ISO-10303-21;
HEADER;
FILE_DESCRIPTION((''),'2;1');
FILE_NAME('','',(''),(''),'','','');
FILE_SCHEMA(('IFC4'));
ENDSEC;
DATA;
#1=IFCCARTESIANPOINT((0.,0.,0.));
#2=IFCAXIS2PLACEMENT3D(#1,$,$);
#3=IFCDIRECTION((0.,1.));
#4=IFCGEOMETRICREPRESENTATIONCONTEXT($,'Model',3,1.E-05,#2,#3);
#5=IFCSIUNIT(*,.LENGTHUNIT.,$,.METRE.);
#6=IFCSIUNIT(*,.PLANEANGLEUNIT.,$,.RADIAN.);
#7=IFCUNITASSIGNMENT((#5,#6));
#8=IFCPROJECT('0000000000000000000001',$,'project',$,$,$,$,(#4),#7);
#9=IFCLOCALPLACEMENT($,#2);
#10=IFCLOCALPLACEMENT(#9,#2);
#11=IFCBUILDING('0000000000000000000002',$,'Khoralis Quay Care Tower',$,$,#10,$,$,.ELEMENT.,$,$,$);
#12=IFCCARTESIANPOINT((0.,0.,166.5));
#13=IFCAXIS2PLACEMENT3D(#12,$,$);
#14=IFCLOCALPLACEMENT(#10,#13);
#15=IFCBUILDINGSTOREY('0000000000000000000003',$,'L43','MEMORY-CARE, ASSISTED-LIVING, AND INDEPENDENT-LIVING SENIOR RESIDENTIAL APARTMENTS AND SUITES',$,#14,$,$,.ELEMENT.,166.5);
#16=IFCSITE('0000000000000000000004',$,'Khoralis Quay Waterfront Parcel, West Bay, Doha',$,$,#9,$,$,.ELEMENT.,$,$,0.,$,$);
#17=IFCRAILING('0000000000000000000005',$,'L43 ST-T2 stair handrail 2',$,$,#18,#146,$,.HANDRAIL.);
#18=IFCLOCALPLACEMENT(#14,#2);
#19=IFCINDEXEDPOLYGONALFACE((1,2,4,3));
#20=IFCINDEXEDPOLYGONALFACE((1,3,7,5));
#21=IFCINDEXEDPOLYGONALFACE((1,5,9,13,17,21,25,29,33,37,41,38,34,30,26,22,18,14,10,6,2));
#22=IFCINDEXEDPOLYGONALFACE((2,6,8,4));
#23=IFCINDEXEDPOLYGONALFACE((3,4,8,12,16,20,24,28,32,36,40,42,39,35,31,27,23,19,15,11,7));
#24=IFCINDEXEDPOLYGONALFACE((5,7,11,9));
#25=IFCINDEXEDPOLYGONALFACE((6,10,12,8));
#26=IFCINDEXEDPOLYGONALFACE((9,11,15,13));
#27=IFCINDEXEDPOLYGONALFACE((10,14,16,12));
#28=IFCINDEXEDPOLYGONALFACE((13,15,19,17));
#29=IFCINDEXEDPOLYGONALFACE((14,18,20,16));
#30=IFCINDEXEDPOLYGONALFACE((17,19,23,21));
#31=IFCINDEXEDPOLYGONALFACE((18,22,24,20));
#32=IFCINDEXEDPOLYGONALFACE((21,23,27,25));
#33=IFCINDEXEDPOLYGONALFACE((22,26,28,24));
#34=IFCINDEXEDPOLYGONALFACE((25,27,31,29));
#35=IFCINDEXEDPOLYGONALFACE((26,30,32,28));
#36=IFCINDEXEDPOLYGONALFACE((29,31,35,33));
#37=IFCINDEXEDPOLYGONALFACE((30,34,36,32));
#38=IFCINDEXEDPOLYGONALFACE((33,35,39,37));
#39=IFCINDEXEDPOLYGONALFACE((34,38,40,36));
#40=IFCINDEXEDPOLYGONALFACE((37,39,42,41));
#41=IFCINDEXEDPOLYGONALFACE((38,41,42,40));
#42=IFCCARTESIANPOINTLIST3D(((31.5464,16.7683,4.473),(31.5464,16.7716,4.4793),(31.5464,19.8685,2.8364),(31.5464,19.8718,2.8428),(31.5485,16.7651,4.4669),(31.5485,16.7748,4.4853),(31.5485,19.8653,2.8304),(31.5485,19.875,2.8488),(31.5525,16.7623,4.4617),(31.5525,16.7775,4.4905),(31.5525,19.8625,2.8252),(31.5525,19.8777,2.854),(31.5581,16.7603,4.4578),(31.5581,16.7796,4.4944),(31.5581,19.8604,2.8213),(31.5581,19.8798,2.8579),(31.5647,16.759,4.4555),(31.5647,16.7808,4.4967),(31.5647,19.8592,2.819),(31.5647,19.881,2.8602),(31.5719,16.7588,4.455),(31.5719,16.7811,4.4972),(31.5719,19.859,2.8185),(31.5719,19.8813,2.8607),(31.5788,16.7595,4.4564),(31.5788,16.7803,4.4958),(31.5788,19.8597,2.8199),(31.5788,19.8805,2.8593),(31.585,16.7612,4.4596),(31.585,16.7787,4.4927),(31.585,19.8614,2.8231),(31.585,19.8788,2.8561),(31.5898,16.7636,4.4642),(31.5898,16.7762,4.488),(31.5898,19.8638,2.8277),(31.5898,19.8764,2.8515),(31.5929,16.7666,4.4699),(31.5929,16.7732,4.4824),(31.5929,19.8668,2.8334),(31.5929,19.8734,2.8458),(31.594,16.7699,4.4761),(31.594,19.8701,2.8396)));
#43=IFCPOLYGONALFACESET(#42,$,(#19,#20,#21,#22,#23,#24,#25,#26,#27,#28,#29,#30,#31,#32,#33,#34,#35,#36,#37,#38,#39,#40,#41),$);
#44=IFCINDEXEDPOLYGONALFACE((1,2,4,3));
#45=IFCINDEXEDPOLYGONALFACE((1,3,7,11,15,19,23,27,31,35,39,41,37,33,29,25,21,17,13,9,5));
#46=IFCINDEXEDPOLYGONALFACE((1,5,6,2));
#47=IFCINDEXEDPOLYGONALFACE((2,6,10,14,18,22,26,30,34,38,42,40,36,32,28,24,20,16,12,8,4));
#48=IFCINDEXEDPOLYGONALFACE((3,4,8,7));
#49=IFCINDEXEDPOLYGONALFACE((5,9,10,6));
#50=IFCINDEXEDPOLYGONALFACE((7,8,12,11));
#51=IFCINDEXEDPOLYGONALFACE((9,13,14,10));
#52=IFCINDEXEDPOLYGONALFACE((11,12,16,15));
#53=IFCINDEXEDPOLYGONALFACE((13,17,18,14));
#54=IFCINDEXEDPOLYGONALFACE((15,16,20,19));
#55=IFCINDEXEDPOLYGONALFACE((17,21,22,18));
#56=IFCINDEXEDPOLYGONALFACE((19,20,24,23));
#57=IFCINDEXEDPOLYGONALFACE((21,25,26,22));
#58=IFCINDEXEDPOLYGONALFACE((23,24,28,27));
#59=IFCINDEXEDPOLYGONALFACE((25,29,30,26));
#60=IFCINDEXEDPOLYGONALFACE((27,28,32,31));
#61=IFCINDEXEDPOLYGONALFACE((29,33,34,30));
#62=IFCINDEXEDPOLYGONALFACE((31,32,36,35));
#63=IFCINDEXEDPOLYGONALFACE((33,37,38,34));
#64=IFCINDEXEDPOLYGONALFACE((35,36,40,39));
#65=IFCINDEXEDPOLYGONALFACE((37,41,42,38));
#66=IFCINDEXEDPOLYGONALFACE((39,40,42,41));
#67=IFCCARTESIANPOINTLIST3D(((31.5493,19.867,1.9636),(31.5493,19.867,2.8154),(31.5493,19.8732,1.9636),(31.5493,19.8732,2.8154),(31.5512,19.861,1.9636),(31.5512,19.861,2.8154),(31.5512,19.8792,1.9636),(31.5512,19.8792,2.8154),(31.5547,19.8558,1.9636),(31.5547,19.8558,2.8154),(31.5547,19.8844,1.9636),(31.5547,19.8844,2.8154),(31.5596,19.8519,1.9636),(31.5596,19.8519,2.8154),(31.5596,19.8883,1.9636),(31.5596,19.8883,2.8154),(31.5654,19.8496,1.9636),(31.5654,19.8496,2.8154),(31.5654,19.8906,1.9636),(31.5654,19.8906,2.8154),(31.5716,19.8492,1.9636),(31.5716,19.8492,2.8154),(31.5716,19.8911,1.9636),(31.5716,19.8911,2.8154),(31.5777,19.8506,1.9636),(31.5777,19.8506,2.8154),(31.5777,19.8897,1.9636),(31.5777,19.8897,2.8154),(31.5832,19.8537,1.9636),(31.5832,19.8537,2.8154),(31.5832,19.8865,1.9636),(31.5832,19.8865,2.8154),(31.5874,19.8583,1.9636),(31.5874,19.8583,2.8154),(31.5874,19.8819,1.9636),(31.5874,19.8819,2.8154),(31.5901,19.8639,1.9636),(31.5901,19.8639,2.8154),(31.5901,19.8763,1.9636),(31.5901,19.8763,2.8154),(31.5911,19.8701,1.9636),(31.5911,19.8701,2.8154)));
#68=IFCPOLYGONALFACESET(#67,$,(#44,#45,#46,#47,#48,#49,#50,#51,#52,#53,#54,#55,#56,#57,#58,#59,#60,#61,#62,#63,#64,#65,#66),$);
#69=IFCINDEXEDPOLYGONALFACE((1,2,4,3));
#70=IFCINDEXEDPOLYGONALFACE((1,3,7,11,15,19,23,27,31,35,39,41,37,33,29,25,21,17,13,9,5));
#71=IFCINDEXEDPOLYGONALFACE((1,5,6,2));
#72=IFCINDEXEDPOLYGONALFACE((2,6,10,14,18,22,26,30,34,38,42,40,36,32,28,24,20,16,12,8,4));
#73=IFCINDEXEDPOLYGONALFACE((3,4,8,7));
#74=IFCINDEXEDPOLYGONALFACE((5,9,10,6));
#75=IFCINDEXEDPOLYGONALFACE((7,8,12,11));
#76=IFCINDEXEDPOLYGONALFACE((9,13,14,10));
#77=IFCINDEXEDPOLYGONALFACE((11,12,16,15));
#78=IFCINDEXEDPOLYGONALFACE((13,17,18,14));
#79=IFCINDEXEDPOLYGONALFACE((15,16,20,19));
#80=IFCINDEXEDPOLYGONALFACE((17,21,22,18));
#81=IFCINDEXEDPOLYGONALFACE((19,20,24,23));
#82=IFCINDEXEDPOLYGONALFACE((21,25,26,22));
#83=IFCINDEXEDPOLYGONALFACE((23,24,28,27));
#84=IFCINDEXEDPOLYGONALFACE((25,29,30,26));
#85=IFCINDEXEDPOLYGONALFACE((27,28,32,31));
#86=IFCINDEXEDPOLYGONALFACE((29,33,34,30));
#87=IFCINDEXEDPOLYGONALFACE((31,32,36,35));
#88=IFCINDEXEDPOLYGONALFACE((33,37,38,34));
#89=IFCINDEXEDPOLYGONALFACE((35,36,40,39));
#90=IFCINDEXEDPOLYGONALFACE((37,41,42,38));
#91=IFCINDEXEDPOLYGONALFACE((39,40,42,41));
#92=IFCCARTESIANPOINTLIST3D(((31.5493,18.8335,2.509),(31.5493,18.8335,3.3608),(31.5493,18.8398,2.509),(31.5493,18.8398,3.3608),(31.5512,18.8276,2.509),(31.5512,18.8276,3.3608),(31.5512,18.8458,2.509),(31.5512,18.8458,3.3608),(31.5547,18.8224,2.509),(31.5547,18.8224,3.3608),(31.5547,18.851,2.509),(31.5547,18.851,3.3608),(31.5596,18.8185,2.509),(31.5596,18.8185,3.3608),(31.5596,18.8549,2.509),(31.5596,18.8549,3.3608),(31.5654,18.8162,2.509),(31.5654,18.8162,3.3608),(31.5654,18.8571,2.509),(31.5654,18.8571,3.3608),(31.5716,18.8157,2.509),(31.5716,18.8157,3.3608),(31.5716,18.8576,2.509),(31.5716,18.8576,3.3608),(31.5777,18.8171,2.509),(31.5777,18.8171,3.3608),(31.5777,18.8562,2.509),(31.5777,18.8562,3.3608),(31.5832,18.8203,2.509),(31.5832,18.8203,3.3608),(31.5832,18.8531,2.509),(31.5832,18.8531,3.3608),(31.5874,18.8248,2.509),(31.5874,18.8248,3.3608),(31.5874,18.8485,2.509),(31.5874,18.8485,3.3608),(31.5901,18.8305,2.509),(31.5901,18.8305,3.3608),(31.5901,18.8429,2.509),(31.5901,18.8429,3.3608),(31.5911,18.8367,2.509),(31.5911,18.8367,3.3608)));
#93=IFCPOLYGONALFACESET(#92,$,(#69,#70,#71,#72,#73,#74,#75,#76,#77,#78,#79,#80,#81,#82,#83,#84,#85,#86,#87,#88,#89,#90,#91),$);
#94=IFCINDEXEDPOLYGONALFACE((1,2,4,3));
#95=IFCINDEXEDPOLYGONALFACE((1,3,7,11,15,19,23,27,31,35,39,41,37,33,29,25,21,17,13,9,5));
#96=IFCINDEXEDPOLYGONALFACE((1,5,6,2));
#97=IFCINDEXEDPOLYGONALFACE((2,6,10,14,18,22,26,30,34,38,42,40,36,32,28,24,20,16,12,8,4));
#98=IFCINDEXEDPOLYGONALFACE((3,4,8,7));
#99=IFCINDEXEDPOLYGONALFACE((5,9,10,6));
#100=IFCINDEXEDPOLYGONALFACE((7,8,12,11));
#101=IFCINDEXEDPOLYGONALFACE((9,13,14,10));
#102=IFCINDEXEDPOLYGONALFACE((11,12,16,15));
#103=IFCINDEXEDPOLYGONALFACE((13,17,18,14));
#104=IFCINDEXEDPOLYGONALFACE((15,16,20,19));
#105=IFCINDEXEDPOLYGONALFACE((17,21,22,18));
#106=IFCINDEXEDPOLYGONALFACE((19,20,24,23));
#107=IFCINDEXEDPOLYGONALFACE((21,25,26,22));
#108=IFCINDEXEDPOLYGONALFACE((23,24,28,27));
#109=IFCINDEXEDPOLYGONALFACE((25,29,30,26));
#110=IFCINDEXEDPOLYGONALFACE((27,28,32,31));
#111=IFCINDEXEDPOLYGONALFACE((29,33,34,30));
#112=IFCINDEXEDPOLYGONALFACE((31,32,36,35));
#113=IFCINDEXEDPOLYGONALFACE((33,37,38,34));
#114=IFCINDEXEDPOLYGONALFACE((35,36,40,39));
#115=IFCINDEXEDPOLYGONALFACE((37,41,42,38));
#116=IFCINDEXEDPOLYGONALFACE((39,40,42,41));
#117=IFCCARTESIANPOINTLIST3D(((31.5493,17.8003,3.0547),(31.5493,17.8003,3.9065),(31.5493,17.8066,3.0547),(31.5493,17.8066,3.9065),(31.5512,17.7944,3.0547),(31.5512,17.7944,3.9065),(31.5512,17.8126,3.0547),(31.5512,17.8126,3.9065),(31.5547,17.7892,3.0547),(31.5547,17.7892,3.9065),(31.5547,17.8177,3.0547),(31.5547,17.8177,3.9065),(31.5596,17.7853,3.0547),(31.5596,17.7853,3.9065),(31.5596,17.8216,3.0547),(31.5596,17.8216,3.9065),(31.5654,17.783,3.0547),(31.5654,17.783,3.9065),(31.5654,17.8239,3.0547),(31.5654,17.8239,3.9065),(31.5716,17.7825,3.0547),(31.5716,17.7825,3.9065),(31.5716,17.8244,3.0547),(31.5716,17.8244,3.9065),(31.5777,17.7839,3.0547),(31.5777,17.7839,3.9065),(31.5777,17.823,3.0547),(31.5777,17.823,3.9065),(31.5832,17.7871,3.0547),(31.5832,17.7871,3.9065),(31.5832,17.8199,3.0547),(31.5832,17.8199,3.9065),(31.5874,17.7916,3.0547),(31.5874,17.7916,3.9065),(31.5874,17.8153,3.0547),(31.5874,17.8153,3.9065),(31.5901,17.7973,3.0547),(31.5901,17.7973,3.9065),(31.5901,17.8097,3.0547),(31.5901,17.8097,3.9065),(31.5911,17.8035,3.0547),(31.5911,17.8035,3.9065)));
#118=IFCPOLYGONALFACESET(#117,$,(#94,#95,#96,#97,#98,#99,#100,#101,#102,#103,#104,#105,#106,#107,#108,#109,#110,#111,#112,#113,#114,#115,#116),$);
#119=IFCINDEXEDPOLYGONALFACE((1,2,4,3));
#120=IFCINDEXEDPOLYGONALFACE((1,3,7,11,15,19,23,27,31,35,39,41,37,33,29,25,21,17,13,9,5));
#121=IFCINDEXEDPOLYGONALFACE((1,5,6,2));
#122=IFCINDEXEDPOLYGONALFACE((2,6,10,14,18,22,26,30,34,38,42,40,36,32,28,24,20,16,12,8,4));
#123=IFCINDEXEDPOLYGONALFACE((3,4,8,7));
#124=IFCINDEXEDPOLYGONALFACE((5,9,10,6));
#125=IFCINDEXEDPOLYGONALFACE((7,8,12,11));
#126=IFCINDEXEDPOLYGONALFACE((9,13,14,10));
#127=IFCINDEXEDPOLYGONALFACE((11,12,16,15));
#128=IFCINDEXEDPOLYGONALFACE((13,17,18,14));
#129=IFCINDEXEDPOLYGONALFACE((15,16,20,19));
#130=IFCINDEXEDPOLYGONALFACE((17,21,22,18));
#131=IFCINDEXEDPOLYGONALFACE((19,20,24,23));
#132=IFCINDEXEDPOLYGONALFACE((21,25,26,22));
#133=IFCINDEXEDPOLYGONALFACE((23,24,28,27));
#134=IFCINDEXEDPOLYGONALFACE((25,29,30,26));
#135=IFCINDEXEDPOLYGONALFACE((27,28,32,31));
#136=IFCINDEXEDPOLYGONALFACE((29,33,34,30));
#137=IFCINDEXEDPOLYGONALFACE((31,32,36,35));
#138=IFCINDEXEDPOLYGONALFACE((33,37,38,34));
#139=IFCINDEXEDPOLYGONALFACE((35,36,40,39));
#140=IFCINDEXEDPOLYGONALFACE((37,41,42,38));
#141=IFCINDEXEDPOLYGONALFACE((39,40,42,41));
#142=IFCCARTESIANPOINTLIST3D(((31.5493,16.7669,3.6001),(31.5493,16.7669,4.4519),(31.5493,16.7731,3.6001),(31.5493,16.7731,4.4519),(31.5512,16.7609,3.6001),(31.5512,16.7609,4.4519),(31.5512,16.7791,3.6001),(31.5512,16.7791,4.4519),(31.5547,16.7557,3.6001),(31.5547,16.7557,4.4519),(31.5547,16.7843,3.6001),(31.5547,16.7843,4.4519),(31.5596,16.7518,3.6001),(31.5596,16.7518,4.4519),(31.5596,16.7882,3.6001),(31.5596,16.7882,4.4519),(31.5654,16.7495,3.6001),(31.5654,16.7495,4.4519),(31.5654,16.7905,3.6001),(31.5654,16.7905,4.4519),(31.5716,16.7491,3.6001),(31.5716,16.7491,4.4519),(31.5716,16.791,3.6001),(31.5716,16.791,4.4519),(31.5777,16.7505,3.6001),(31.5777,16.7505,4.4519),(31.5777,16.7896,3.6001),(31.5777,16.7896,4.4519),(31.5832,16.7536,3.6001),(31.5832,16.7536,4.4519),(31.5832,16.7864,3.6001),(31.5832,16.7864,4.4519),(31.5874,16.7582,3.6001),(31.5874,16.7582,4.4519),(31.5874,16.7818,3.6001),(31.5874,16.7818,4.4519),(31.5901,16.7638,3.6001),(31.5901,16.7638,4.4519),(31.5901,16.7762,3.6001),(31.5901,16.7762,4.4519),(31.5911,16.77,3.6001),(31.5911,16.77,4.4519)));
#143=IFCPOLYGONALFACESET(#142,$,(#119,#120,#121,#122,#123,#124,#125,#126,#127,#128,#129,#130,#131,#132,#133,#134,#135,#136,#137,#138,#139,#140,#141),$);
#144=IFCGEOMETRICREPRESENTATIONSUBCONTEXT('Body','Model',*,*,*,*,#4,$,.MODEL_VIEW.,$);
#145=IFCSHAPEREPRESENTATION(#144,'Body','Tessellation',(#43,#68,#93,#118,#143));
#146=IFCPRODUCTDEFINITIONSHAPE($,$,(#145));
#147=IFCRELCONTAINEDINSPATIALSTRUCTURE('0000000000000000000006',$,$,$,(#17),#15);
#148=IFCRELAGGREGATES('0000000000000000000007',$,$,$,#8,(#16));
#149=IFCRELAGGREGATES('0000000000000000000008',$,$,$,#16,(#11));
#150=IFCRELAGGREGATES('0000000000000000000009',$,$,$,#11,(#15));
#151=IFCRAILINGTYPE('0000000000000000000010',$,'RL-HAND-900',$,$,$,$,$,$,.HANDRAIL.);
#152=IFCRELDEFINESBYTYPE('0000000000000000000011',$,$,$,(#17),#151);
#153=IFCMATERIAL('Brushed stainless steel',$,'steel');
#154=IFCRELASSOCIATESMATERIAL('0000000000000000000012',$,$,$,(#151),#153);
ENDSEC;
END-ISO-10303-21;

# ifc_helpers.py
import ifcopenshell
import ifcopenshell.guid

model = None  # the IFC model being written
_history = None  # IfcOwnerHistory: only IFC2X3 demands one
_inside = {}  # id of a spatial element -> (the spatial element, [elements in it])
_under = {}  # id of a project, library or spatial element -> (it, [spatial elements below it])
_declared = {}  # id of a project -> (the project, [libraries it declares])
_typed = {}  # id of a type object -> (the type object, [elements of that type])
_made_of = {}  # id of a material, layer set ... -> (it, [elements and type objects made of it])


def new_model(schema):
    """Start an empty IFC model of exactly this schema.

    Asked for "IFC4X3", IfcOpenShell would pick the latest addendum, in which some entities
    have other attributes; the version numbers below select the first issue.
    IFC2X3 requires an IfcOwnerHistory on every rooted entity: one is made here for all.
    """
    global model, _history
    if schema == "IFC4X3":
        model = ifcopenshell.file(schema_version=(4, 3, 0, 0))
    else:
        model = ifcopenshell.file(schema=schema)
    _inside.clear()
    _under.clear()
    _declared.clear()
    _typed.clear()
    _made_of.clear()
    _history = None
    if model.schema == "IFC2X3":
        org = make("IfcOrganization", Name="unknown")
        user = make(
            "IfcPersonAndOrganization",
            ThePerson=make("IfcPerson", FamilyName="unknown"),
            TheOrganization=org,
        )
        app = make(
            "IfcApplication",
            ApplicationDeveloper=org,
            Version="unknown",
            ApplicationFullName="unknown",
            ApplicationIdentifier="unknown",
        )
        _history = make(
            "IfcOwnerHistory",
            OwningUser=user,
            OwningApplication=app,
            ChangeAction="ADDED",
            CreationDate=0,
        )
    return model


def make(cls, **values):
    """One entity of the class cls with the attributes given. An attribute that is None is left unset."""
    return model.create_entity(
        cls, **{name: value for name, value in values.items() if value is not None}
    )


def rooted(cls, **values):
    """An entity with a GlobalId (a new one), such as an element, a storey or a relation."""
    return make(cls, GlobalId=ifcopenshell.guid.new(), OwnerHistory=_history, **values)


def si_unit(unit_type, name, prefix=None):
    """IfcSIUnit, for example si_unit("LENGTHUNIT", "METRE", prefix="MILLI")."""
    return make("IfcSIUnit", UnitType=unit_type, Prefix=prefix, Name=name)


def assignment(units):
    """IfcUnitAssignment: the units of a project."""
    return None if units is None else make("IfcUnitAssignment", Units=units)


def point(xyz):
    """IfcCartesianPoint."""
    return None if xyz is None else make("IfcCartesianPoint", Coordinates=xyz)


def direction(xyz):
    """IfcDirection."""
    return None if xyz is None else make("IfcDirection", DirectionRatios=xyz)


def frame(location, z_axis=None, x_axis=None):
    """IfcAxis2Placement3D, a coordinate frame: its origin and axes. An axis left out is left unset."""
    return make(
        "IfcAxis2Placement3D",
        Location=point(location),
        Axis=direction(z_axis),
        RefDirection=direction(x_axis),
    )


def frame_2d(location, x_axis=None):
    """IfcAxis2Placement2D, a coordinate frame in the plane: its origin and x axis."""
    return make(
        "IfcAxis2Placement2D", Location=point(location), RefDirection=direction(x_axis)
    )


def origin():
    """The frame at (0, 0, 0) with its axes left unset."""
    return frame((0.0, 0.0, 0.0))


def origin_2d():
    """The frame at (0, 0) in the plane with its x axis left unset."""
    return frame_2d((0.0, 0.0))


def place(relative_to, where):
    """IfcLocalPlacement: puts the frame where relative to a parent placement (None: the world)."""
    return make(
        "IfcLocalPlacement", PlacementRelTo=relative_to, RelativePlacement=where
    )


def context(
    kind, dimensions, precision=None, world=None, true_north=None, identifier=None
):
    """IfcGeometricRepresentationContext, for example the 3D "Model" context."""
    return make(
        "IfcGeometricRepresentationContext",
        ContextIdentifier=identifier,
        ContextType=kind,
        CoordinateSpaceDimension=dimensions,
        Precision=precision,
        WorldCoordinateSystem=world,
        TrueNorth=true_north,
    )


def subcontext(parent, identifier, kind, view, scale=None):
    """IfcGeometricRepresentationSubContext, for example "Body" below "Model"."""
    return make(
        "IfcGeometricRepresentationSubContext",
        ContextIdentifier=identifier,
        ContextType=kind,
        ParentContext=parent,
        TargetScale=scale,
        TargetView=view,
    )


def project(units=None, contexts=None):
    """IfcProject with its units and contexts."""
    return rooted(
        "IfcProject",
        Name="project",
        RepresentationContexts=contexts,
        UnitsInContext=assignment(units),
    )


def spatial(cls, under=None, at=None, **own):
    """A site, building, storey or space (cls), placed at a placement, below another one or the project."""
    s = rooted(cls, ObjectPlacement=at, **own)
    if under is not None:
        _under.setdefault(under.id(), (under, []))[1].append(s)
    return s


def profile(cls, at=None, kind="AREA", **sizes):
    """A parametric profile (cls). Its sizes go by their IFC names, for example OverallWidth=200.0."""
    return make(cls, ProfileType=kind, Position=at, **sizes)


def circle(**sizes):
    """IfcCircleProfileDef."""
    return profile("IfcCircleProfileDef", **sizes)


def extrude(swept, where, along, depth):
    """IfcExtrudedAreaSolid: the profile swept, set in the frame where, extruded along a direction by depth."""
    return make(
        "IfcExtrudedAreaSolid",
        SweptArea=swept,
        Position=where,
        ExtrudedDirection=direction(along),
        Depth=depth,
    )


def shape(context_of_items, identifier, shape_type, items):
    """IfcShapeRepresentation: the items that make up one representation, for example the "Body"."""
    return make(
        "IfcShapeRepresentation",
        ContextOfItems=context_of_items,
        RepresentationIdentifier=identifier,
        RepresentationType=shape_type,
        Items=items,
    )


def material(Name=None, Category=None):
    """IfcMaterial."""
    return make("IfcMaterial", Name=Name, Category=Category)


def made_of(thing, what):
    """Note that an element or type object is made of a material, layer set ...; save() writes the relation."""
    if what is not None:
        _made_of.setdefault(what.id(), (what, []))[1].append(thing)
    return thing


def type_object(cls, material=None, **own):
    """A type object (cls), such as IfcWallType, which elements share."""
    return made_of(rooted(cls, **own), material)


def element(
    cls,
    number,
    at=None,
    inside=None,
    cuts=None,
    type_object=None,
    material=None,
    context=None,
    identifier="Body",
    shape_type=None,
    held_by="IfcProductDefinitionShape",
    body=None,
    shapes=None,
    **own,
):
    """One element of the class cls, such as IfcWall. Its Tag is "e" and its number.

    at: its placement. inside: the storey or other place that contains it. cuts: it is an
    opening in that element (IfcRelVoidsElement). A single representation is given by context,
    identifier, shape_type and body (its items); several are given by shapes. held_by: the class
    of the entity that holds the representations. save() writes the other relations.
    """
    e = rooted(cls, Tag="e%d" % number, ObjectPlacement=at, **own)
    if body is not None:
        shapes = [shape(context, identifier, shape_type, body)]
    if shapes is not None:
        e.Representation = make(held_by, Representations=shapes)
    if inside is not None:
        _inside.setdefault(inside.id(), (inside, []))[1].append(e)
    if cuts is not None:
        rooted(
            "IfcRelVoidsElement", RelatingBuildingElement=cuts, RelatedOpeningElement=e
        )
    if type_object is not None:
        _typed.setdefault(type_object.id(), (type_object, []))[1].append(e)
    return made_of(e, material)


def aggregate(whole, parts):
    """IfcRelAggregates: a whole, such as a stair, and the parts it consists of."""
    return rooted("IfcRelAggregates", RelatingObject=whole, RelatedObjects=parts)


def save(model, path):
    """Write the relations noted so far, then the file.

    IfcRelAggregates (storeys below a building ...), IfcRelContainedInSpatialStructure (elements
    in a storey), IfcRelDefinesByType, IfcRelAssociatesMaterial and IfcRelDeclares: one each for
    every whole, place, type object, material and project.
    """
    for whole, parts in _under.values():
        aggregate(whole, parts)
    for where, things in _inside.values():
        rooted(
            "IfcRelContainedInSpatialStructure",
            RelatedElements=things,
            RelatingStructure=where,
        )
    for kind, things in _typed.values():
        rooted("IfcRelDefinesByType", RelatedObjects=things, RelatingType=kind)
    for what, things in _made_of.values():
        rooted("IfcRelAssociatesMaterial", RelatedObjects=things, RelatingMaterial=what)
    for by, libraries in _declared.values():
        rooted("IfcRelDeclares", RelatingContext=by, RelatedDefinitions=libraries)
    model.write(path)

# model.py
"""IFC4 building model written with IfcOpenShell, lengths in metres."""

from ifc_helpers import new_model, si_unit, direction, frame, origin, origin_2d, place, context, subcontext, project, spatial, circle, extrude, material, type_object, element, save


model = new_model("IFC4")

# Units and contexts
model_context = context("Model", 3, precision=1e-05, world=origin(), true_north=direction((0.0, 1.0)))
body_context = subcontext(model_context, "Body", "Model", "MODEL_VIEW")
ifc_project = project(units=[si_unit("LENGTHUNIT", "METRE"), si_unit("PLANEANGLEUNIT", "RADIAN")], contexts=[model_context])

# Site, building, storey
site_placement = place(None, origin())
site = spatial("IfcSite", under=ifc_project, at=site_placement, Name="Khoralis Quay Waterfront Parcel, West Bay, Doha", CompositionType="ELEMENT", RefElevation=0.0)
building_placement = place(site_placement, origin())
building = spatial("IfcBuilding", under=site, at=building_placement, Name="Khoralis Quay Care Tower", CompositionType="ELEMENT")
storey_placement = place(building_placement, frame((0.0, 0.0, 166.5)))
storey = spatial("IfcBuildingStorey", under=building, at=storey_placement, Name="L43", Description="MEMORY-CARE, ASSISTED-LIVING, AND INDEPENDENT-LIVING SENIOR RESIDENTIAL APARTMENTS AND SUITES", CompositionType="ELEMENT", Elevation=166.5)

# Shared definitions
ifc_material_1 = material(Name="Brushed stainless steel", Category="steel")

# Railing
railing_type = type_object("IfcRailingType", Name="RL-HAND-900", PredefinedType="HANDRAIL", material=ifc_material_1)
railing_placement = place(storey_placement, frame((31.5701, 19.8701, 1.9636)))
element("IfcRailing", 1, at=railing_placement, inside=storey, type_object=railing_type, Name="L43 ST-T2 stair handrail 2", PredefinedType="HANDRAIL", context=body_context, shape_type="SweptSolid", body=[
    extrude(circle(Radius=0.0239, at=origin_2d()), frame((0.0, 0.0, 0.876), z_axis=(0.0, -0.884348, 0.466828), x_axis=(1.0, 0.0, 0.0)), (0.0, 0.0, 1.0), 3.5056),
    extrude(circle(Radius=0.021, at=origin_2d()), origin(), (0.0, 0.0, 1.0), 0.8518),
    extrude(circle(Radius=0.021, at=origin_2d()), frame((0.0, -1.0334, 0.5454)), (0.0, 0.0, 1.0), 0.8518),
    extrude(circle(Radius=0.021, at=origin_2d()), frame((0.0, -2.0667, 1.0911)), (0.0, 0.0, 1.0), 0.8518),
    extrude(circle(Radius=0.021, at=origin_2d()), frame((0.0, -3.1001, 1.6365)), (0.0, 0.0, 1.0), 0.8518),
])

save(model, "model.ifc")
